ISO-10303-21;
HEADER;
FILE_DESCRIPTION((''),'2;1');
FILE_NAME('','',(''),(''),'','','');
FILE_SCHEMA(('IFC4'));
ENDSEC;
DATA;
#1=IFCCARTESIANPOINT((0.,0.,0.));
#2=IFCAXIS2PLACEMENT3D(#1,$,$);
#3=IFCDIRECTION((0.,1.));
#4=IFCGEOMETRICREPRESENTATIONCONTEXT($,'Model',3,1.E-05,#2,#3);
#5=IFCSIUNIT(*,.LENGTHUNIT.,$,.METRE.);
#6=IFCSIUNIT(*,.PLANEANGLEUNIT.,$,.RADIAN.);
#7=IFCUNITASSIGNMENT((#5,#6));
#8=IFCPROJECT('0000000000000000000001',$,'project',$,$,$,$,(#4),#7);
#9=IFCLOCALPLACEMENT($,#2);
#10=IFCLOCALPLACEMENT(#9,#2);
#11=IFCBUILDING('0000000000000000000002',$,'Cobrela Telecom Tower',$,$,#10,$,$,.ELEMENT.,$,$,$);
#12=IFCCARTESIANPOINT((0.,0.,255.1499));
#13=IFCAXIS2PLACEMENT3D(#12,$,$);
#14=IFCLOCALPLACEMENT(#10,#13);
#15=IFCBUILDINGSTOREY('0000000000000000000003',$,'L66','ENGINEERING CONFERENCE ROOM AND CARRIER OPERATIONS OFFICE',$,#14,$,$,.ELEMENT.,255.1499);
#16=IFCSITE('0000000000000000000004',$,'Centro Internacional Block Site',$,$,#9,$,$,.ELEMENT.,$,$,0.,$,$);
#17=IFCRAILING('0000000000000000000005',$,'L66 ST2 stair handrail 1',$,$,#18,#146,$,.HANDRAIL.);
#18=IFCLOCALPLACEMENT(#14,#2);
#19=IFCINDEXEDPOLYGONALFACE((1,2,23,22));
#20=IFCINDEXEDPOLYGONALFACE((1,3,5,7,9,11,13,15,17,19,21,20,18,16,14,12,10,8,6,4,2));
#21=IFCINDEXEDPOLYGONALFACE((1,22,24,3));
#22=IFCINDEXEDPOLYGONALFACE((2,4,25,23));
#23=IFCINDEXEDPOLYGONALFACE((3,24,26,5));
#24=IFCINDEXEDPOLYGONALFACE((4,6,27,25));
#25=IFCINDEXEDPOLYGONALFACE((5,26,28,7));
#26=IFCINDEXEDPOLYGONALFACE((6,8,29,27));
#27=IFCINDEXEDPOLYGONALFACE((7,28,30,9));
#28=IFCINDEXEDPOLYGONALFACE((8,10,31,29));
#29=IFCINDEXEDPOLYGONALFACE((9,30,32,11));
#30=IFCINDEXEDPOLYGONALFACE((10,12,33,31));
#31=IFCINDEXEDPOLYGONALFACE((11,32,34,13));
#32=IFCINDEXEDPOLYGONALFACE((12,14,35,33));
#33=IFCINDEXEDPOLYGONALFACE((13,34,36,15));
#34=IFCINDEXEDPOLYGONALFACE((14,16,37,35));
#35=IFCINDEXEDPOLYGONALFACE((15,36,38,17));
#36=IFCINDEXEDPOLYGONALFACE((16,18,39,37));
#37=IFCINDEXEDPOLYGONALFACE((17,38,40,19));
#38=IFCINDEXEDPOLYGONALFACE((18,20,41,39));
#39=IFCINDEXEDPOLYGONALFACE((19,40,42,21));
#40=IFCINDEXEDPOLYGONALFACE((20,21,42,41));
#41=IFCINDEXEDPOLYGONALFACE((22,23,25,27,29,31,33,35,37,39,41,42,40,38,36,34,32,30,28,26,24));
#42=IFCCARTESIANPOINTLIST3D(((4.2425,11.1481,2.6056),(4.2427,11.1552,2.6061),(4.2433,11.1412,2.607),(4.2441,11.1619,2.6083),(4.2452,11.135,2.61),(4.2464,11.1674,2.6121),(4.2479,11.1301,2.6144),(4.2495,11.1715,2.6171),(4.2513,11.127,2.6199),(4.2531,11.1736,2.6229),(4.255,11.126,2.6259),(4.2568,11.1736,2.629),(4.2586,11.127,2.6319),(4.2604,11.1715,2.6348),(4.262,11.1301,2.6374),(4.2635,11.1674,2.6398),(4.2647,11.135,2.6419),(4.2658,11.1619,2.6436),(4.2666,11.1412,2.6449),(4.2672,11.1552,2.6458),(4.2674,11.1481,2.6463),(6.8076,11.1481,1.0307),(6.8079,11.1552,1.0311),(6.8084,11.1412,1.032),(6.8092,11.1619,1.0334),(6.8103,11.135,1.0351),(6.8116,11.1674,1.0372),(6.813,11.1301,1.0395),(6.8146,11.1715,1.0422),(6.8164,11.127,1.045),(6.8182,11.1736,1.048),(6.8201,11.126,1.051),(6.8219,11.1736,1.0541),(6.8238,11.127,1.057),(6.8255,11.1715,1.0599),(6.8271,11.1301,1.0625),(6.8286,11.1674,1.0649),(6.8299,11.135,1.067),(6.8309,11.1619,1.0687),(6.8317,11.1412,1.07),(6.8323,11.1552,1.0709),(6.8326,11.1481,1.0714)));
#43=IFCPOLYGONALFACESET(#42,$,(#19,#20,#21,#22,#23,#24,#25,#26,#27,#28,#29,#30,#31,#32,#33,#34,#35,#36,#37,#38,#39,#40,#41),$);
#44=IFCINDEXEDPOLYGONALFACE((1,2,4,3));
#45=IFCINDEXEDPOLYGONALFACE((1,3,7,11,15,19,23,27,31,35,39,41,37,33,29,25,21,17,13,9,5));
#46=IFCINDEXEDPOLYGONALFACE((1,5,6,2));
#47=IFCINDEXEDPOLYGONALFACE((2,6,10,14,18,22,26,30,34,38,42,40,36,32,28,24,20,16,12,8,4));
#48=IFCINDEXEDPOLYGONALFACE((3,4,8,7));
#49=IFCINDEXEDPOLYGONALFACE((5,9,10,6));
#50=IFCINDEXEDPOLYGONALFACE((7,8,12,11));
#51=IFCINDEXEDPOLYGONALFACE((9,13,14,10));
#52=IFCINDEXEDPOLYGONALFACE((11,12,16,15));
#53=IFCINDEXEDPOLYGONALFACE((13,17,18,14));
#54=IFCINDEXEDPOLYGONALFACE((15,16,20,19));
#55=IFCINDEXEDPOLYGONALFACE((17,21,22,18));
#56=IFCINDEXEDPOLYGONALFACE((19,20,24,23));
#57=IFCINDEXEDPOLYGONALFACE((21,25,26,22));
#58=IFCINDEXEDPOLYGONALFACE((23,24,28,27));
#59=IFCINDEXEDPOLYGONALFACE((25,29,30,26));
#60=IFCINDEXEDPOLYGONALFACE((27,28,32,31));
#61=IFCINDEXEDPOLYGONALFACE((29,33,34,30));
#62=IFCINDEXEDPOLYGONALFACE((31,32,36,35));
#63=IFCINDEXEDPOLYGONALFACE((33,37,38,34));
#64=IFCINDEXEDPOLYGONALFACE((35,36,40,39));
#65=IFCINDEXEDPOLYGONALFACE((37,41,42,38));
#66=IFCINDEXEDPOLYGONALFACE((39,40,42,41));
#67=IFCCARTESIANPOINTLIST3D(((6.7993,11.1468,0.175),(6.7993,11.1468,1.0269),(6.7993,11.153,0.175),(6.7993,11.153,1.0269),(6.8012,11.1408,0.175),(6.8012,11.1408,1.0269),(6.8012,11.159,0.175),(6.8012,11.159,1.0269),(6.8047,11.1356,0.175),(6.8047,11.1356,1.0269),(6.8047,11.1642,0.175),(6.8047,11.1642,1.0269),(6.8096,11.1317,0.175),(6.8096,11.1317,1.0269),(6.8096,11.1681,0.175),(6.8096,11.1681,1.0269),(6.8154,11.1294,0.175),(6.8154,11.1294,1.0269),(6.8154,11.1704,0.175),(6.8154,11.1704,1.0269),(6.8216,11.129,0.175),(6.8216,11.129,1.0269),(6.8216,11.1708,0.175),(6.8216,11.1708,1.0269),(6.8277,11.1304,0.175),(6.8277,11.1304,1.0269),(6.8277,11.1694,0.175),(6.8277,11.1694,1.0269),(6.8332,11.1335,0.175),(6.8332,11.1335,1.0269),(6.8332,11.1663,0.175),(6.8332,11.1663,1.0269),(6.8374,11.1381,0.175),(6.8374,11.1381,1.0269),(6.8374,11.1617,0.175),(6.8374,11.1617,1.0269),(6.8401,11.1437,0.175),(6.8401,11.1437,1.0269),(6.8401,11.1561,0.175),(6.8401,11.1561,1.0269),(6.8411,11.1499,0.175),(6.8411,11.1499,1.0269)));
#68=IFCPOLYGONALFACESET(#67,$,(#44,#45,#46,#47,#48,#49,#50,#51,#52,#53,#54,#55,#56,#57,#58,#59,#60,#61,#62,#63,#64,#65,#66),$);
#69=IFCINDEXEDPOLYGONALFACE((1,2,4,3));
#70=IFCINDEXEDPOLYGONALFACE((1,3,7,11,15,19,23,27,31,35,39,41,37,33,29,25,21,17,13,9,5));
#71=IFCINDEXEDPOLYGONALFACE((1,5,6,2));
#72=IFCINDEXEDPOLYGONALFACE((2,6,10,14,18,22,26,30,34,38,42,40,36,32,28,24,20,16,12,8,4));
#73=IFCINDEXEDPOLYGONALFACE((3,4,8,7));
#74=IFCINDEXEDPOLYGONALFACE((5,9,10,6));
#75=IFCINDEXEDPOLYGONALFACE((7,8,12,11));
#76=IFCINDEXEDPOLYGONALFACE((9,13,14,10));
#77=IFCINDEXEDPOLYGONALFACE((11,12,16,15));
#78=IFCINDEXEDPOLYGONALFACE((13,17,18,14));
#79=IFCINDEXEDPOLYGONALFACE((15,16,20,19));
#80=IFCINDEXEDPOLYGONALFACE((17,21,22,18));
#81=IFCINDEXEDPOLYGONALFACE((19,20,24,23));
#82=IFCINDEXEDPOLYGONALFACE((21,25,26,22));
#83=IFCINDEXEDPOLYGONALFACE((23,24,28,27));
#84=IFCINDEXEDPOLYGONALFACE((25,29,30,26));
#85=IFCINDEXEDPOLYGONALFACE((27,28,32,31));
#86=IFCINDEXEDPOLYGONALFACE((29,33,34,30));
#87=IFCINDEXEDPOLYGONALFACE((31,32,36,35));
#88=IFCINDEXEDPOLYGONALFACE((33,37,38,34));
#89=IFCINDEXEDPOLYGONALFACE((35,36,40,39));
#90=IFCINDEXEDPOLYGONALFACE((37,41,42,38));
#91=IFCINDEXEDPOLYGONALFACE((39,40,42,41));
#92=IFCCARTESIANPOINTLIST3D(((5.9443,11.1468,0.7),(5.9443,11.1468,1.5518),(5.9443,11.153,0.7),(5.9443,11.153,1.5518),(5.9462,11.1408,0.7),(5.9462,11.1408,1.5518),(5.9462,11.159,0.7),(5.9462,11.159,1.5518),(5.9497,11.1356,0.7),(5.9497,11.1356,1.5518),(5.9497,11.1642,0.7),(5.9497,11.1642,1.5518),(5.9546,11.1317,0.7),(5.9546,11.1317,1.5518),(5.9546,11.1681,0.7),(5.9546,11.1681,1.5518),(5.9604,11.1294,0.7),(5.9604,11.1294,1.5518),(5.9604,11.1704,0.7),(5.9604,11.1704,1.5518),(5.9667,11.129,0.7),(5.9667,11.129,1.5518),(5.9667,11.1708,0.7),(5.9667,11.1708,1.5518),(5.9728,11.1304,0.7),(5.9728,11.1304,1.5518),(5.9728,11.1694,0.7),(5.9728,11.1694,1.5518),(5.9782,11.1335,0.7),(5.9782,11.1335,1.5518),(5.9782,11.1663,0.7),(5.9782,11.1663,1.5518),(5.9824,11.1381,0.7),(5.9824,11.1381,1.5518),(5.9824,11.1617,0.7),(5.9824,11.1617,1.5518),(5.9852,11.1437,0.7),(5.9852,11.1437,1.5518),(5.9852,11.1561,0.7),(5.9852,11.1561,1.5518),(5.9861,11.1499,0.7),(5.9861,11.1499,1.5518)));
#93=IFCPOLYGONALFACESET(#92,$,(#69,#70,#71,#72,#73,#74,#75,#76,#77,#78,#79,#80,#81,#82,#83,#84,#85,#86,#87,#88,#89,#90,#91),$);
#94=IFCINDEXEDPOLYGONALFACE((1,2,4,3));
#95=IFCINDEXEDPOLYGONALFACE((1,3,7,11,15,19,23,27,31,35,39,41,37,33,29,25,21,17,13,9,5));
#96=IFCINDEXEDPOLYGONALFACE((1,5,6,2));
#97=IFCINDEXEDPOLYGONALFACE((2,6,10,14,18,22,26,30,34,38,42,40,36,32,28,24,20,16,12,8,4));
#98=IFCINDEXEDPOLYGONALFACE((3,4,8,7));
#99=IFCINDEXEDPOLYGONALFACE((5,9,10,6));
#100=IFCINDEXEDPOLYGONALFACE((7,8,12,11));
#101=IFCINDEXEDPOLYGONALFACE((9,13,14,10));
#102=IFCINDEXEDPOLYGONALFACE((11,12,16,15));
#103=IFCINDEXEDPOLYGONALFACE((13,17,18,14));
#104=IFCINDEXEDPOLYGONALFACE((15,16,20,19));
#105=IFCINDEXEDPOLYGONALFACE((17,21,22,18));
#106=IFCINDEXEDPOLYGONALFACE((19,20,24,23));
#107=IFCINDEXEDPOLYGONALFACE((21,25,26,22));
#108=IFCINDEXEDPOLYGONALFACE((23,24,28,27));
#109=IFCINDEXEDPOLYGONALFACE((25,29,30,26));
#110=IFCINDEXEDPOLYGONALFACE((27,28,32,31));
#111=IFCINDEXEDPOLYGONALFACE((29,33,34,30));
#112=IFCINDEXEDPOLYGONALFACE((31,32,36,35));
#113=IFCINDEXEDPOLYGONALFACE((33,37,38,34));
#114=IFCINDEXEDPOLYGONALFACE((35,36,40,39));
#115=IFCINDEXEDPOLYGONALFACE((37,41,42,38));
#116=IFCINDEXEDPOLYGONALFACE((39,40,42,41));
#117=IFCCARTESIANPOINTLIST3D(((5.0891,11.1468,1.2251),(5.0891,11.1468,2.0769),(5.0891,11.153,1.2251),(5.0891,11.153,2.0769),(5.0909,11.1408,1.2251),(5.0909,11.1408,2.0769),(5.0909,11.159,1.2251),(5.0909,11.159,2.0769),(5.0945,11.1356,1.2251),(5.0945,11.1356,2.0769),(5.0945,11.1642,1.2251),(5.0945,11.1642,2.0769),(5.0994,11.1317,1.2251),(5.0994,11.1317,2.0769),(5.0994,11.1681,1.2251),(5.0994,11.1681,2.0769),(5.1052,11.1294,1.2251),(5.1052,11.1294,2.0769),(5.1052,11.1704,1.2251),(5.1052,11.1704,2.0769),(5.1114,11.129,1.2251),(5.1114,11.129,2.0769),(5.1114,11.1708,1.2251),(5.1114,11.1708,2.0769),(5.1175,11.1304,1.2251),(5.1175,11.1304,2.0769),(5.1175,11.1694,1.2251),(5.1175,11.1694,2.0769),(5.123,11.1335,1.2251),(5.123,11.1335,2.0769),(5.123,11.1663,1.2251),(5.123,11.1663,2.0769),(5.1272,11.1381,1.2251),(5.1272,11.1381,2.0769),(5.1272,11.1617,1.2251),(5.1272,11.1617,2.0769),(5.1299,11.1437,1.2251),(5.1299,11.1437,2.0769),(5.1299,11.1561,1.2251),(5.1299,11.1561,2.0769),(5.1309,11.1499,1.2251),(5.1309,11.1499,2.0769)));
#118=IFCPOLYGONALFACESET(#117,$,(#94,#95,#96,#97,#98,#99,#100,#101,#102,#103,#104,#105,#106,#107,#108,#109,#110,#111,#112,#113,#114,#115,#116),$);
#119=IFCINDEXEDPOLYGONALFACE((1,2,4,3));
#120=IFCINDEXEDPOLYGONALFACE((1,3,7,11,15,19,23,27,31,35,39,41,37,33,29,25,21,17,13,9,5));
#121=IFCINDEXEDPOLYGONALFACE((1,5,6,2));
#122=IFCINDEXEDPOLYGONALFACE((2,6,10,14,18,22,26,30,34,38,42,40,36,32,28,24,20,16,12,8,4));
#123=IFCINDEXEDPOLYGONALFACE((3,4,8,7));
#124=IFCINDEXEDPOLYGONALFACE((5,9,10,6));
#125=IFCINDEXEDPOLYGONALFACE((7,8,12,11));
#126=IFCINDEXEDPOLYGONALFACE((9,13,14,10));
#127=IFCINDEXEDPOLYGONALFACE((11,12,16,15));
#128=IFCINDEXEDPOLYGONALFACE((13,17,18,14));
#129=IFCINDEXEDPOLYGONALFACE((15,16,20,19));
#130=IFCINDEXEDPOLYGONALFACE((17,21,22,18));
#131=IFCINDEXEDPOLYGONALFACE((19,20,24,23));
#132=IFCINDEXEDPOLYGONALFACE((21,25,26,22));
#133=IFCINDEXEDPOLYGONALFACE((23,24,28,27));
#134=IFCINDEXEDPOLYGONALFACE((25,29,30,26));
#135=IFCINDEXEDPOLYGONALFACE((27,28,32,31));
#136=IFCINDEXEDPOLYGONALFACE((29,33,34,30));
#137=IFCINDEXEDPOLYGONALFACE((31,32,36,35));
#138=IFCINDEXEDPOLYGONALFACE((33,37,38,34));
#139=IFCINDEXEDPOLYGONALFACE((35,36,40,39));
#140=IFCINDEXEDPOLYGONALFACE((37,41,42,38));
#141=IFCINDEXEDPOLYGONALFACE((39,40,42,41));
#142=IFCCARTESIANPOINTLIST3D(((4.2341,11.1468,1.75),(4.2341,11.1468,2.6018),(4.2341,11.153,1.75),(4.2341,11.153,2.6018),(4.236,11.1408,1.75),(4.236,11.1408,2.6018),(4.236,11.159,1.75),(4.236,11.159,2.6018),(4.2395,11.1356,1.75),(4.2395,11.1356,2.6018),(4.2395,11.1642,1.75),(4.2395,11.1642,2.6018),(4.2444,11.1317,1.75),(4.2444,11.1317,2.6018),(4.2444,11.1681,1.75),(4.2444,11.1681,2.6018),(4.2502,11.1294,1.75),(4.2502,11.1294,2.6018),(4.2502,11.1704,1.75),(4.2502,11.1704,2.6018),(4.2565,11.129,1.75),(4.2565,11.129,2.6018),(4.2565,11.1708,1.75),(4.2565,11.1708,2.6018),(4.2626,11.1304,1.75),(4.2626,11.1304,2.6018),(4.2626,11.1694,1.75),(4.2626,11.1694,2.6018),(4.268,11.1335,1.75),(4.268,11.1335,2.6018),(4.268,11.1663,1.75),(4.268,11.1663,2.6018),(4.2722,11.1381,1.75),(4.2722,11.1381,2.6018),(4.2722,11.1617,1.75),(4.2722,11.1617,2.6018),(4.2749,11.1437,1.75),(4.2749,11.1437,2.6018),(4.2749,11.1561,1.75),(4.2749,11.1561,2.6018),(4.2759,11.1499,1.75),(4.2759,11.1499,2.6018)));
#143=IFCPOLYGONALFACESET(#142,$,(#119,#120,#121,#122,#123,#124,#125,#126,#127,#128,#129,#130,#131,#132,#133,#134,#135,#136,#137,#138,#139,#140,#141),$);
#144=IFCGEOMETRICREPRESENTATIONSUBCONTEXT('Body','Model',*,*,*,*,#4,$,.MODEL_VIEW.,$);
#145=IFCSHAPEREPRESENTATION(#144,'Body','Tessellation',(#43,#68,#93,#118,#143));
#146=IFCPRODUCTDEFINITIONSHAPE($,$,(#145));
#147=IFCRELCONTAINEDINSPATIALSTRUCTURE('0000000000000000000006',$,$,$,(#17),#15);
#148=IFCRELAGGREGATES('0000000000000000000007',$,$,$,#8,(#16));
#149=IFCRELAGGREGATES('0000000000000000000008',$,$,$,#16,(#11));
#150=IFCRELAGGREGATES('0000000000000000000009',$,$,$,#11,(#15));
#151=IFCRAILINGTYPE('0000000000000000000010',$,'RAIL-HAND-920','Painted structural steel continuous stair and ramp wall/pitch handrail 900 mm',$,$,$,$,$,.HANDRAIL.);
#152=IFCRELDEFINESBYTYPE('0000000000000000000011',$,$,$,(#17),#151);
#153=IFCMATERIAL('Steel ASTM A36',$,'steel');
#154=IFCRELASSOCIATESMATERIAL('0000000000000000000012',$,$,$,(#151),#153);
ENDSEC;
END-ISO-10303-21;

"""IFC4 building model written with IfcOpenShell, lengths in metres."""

from ifc_helpers import new_model, si_unit, direction, frame, origin, origin_2d, place, context, subcontext, project, spatial, circle, extrude, material, type_object, element, save


model = new_model("IFC4")

# Units and contexts
model_context = context("Model", 3, precision=1e-05, world=origin(), true_north=direction((0.0, 1.0)))
body_context = subcontext(model_context, "Body", "Model", "MODEL_VIEW")
ifc_project = project(units=[si_unit("LENGTHUNIT", "METRE"), si_unit("PLANEANGLEUNIT", "RADIAN")], contexts=[model_context])

# Site, building, storey
site_placement = place(None, origin())
site = spatial("IfcSite", under=ifc_project, at=site_placement, Name="Centro Internacional Block Site", CompositionType="ELEMENT", RefElevation=0.0)
building_placement = place(site_placement, origin())
building = spatial("IfcBuilding", under=site, at=building_placement, Name="Cobrela Telecom Tower", CompositionType="ELEMENT")
storey_placement = place(building_placement, frame((0.0, 0.0, 255.1499)))
storey = spatial("IfcBuildingStorey", under=building, at=storey_placement, Name="L66", Description="ENGINEERING CONFERENCE ROOM AND CARRIER OPERATIONS OFFICE", CompositionType="ELEMENT", Elevation=255.1499)

# Railing
ifc_material_1 = material(Name="Steel ASTM A36", Category="steel")
railing_type = type_object("IfcRailingType", Name="RAIL-HAND-920", Description="Painted structural steel continuous stair and ramp wall/pitch handrail 900 mm", PredefinedType="HANDRAIL", material=ifc_material_1)
railing_placement = place(storey_placement, frame((6.8201, 11.1499, 0.175)))
element("IfcRailing", 1, at=railing_placement, inside=storey, type_object=railing_type, Name="L66 ST2 stair handrail 1", PredefinedType="HANDRAIL", context=body_context, shape_type="SweptSolid", body=[
    extrude(circle(Radius=0.0239, at=origin_2d()), frame((0.0, 0.0, 0.876), z_axis=(-0.852195, 0.0, 0.523224), x_axis=(0.0, -1.0, 0.0)), (0.0, 0.0, 1.0), 3.01),
    extrude(circle(Radius=0.021, at=origin_2d()), origin(), (0.0, 0.0, 1.0), 0.8518),
    extrude(circle(Radius=0.021, at=origin_2d()), frame((-0.855, 0.0, 0.5249)), (0.0, 0.0, 1.0), 0.8518),
    extrude(circle(Radius=0.021, at=origin_2d()), frame((-1.7102, 0.0, 1.05)), (0.0, 0.0, 1.0), 0.8518),
    extrude(circle(Radius=0.021, at=origin_2d()), frame((-2.5652, 0.0, 1.575)), (0.0, 0.0, 1.0), 0.8518),
])

save(model, "model.ifc")
